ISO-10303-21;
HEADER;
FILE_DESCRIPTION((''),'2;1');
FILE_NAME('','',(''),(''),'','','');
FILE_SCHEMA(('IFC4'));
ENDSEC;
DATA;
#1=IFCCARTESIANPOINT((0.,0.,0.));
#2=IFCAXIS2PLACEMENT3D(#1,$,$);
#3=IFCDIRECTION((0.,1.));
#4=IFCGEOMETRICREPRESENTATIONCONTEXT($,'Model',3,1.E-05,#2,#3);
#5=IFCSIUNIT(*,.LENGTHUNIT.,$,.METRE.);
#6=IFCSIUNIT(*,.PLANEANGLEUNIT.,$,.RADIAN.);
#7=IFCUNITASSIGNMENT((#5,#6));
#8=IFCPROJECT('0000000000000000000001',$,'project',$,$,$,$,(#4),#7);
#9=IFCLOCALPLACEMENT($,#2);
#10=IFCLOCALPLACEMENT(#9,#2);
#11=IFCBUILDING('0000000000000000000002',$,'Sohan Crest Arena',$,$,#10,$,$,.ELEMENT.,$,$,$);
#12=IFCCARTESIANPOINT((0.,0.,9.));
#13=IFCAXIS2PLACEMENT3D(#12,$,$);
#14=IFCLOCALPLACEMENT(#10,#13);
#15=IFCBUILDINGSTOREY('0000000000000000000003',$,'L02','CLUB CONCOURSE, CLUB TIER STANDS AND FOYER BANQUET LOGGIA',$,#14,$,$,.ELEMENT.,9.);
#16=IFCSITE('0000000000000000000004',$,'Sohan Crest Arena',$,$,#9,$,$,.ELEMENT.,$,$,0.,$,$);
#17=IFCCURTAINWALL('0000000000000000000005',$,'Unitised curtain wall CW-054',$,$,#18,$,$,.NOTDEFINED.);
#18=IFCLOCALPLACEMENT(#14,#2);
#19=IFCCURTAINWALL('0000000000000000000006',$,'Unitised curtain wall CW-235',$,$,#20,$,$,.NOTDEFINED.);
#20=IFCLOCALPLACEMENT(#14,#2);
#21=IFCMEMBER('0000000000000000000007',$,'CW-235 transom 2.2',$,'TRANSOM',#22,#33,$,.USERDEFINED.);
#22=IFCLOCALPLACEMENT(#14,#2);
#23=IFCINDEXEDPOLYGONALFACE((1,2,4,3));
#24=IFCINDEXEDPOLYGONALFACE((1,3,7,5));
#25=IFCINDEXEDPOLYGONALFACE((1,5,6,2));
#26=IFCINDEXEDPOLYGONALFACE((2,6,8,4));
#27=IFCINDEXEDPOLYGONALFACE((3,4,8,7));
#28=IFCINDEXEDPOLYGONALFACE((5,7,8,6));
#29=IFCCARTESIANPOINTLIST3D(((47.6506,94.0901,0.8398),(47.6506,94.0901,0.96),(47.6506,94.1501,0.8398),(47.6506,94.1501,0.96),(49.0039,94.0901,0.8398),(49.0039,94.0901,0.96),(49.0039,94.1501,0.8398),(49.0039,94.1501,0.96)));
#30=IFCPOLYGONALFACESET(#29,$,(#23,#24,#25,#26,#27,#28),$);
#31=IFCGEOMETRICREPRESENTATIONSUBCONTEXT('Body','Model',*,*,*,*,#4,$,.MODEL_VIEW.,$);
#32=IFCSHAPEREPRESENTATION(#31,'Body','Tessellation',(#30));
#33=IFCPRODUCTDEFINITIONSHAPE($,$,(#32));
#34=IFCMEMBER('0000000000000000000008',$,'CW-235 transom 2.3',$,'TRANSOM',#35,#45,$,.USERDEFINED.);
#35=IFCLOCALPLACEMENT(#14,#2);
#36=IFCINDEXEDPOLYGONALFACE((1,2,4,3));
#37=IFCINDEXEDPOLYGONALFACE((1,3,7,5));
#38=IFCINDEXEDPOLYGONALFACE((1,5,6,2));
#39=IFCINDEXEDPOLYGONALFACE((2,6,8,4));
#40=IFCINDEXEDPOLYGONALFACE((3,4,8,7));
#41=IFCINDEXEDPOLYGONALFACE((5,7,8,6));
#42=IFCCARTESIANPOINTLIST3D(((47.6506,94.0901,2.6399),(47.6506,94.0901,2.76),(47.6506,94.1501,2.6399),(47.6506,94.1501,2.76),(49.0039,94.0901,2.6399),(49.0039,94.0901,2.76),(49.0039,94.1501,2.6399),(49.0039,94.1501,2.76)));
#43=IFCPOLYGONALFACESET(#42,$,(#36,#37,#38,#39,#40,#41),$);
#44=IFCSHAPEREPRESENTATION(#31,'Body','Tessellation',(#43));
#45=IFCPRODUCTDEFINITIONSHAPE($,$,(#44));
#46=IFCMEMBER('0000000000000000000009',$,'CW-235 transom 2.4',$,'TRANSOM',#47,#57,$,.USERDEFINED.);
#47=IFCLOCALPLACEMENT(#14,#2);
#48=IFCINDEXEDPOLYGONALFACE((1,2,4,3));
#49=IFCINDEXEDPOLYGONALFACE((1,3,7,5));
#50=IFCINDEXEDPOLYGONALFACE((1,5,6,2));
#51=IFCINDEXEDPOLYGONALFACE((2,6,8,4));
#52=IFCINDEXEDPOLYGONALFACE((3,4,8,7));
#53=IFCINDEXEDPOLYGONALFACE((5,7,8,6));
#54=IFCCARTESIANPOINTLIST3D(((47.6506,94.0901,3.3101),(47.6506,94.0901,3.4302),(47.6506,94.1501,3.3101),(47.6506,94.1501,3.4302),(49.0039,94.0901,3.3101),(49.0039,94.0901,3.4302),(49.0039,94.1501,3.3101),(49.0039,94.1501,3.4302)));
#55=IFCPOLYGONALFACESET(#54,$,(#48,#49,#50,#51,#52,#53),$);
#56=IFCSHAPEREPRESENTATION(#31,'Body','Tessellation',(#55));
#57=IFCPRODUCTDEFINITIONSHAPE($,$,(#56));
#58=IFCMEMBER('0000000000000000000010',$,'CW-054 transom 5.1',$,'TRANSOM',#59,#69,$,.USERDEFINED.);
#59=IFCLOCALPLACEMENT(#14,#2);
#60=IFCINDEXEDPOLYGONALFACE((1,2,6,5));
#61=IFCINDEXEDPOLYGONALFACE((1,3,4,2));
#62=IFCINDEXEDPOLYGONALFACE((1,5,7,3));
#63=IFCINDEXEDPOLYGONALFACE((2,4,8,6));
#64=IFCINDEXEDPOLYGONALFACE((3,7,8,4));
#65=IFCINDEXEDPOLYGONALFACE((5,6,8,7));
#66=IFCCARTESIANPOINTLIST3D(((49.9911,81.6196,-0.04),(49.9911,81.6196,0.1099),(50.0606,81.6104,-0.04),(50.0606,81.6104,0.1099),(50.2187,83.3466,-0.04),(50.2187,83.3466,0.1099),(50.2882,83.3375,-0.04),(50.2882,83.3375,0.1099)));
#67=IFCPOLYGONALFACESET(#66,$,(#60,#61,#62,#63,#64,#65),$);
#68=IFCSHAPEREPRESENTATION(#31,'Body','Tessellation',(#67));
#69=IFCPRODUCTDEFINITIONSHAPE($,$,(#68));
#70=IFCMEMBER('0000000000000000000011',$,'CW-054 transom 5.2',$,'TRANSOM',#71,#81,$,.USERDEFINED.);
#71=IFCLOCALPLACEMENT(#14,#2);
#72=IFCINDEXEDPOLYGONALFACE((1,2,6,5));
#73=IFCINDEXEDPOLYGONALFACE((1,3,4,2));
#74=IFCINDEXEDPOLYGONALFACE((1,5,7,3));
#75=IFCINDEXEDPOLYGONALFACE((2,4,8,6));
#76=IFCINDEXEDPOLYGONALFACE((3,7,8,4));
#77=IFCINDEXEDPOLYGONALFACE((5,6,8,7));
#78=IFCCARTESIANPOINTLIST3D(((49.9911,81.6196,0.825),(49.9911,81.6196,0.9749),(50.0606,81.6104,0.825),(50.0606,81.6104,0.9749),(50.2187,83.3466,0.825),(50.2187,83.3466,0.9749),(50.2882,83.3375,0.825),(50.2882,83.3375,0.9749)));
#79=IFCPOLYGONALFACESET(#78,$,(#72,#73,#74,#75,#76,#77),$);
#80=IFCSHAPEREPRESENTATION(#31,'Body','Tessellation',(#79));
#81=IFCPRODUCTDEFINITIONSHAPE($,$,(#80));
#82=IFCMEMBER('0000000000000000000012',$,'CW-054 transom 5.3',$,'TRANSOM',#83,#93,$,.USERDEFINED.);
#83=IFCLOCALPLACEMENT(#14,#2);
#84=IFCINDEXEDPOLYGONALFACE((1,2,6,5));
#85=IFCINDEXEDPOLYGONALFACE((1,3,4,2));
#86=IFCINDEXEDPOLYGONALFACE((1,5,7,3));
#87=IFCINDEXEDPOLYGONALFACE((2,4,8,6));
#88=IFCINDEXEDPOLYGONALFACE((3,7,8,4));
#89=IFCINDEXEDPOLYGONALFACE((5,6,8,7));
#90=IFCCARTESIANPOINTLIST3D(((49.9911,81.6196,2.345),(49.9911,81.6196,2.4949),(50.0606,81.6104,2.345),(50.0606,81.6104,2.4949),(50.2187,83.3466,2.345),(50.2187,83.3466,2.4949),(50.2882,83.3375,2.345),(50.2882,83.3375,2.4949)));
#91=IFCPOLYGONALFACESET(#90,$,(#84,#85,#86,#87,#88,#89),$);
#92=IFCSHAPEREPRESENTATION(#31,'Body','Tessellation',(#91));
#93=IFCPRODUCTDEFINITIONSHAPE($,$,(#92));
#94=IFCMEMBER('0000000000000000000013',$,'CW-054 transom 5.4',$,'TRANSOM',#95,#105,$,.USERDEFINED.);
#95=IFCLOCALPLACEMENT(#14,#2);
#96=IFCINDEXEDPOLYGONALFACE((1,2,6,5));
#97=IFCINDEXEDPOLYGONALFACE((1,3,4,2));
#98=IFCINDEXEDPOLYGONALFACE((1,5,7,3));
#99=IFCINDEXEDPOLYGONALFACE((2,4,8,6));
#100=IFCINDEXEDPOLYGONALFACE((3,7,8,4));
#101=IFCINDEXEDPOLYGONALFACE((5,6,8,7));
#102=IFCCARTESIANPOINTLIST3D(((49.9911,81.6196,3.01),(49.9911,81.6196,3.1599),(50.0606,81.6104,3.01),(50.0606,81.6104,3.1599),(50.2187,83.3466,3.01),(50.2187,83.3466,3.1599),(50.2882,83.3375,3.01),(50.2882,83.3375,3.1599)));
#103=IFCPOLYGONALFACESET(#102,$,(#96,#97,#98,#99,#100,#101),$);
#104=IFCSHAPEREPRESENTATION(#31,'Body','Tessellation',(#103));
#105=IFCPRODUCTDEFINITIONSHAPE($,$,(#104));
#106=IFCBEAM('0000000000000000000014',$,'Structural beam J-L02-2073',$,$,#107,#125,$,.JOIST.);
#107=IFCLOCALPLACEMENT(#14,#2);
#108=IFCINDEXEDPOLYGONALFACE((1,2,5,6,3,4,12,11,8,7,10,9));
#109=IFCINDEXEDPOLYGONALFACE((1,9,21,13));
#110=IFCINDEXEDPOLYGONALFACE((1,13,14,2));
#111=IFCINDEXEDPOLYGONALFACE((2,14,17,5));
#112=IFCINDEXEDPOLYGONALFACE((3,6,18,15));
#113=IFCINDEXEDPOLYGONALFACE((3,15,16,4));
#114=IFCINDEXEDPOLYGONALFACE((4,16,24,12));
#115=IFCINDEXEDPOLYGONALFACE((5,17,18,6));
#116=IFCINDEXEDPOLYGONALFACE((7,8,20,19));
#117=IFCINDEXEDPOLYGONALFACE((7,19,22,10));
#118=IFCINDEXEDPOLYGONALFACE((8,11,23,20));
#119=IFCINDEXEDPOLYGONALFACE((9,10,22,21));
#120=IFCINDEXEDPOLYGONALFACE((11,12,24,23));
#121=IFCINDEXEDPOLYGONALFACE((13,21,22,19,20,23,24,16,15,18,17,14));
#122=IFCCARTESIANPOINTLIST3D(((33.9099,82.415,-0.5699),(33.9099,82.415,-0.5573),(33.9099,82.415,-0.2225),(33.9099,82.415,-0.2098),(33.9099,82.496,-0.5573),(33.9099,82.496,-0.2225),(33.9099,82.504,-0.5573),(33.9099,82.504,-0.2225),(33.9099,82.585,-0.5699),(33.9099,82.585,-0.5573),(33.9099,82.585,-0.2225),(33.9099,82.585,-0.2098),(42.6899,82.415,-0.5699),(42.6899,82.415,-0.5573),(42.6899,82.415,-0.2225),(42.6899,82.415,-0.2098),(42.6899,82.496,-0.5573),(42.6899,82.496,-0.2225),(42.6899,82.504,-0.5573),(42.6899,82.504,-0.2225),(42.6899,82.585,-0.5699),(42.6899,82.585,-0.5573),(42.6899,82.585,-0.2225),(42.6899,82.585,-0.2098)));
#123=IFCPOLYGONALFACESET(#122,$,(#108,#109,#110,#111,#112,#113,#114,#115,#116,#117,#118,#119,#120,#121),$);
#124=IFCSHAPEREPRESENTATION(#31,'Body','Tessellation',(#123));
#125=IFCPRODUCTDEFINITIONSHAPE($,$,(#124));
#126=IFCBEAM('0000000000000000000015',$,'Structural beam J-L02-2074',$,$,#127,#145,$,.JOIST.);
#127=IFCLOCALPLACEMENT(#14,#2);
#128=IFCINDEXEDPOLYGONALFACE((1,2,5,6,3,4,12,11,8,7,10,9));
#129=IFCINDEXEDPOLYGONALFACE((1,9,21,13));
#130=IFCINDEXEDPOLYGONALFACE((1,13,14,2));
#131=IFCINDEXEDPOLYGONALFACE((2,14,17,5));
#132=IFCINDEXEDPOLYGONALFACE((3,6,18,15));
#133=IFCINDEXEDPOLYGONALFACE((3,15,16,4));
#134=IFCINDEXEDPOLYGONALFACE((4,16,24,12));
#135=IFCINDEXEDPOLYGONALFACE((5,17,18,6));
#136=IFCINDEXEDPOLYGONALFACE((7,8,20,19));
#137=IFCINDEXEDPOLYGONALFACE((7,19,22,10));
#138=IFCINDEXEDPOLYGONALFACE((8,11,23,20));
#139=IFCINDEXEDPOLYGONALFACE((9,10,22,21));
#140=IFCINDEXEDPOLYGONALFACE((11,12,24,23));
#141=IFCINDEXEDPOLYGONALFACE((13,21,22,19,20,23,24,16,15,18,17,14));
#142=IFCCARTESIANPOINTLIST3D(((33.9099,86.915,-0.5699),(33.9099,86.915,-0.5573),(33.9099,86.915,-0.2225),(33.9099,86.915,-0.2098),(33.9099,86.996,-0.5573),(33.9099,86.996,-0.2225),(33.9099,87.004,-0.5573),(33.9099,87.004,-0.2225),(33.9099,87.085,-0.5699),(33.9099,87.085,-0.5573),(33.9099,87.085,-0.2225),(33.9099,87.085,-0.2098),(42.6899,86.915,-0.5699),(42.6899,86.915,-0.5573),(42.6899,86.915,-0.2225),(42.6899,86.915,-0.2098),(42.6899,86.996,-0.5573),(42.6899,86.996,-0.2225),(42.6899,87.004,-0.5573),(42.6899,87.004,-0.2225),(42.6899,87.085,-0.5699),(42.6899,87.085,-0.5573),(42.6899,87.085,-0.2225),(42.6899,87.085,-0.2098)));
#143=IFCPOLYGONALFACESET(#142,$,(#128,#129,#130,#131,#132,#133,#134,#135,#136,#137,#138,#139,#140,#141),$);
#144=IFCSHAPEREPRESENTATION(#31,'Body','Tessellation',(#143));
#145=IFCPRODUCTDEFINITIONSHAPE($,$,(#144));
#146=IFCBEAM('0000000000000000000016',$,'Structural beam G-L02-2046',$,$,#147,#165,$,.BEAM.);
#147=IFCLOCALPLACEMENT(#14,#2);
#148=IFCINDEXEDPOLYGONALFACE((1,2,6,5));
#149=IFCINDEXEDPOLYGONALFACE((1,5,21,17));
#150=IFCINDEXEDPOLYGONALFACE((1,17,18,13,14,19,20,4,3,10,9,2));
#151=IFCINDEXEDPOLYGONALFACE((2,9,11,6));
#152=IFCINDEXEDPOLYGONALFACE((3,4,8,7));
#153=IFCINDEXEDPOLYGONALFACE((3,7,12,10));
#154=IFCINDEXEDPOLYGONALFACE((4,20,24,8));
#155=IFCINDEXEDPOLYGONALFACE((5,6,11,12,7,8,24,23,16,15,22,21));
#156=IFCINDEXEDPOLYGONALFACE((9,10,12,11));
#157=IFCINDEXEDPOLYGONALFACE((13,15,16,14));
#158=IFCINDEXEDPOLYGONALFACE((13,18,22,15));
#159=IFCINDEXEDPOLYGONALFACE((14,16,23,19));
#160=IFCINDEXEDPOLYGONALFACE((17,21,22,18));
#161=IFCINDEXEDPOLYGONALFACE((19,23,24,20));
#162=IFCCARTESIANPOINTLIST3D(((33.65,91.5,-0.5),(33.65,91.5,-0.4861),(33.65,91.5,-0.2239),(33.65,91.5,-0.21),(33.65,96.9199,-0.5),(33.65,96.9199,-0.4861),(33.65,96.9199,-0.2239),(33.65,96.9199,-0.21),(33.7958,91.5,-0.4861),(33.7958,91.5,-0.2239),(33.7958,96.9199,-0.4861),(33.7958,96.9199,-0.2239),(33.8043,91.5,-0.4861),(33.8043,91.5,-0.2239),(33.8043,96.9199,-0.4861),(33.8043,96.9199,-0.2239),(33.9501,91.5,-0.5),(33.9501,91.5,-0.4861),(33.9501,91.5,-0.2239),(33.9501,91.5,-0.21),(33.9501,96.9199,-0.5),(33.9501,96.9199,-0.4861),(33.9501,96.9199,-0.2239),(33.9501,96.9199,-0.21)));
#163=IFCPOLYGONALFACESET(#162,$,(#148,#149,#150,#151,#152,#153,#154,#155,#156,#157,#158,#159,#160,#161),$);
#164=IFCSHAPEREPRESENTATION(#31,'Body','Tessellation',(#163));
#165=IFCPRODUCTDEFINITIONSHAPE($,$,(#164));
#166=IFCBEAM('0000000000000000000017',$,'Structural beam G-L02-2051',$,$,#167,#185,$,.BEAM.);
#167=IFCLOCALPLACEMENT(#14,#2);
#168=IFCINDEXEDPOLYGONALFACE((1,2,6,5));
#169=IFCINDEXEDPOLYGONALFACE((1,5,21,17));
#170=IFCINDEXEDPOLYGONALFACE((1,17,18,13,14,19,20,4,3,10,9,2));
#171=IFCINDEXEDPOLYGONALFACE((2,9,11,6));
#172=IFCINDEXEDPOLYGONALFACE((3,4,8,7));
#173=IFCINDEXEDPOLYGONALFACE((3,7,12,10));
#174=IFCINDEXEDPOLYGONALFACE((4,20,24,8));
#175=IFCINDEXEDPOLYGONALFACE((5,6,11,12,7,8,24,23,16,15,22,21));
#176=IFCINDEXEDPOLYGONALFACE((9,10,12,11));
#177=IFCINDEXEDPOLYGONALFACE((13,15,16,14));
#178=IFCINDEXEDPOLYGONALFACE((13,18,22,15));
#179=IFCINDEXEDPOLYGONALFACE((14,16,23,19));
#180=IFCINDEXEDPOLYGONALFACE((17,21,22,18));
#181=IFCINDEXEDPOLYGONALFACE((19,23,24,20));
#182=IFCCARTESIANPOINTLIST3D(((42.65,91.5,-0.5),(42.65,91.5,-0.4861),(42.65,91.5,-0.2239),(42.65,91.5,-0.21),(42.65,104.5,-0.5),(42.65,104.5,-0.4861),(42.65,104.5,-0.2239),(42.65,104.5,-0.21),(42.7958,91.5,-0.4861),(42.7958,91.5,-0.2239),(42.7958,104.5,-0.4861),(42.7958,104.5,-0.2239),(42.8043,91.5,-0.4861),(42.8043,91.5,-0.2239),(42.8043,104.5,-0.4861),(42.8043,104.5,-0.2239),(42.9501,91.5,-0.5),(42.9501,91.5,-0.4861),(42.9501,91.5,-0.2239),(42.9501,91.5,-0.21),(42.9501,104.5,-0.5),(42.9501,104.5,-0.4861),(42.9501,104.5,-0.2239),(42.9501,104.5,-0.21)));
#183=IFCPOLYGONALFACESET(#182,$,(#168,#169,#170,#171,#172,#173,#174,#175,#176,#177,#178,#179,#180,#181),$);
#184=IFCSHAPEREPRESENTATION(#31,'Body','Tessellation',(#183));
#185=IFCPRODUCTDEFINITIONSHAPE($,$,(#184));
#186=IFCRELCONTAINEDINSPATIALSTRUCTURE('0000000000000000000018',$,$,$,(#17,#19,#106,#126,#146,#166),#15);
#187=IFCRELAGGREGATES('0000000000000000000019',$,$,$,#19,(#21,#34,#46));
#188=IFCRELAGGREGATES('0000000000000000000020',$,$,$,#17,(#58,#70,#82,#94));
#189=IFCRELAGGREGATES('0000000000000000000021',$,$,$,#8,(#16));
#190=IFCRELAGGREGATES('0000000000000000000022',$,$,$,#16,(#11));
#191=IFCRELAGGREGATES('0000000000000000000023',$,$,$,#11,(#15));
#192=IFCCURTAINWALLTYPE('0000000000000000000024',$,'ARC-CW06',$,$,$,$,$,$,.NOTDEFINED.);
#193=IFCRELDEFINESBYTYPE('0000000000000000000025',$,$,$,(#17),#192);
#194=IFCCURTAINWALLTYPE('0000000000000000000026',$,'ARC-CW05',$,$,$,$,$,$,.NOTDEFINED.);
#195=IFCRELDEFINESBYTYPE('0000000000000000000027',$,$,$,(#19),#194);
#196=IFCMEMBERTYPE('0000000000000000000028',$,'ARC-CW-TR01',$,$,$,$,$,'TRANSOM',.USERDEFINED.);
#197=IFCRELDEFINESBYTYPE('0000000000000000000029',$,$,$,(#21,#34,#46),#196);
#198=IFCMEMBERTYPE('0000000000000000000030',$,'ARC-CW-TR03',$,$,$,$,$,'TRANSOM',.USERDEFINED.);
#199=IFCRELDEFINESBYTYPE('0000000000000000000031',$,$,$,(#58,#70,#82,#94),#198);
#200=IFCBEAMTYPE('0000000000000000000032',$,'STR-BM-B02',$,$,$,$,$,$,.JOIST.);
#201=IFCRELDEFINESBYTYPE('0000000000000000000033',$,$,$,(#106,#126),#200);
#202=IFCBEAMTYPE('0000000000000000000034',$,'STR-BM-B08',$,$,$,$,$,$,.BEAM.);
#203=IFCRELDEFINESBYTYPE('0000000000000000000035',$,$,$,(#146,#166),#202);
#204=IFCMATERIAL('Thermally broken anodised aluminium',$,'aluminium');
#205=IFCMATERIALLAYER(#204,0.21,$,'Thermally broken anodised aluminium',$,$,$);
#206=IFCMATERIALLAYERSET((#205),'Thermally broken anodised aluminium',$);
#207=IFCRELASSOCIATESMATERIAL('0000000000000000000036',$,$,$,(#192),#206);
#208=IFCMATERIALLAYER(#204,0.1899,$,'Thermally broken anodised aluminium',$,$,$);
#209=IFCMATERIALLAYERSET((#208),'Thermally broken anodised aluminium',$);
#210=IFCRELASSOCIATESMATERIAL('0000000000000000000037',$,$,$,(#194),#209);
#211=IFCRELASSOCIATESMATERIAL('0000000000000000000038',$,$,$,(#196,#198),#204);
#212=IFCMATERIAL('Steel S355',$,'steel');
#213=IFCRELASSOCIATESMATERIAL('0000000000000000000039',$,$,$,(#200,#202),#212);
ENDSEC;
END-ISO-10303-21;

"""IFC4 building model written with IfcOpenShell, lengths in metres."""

from ifc_helpers import new_model, si_unit, direction, frame, origin, origin_2d, place, context, subcontext, project, spatial, rectangle, i_section, extrude, material, layer, layer_set, material_profile, profile_set, type_object, element, aggregate, save


model = new_model("IFC4")

# Units and contexts
model_context = context("Model", 3, precision=1e-05, world=origin(), true_north=direction((0.0, 1.0)))
body_context = subcontext(model_context, "Body", "Model", "MODEL_VIEW")
ifc_project = project(units=[si_unit("LENGTHUNIT", "METRE"), si_unit("PLANEANGLEUNIT", "RADIAN")], contexts=[model_context])

# Site, building, storey
site_placement = place(None, origin())
site = spatial("IfcSite", under=ifc_project, at=site_placement, Name="Sohan Crest Arena", CompositionType="ELEMENT", RefElevation=0.0)
building_placement = place(site_placement, origin())
building = spatial("IfcBuilding", under=site, at=building_placement, Name="Sohan Crest Arena", CompositionType="ELEMENT")
storey_placement = place(building_placement, frame((0.0, 0.0, 9.0)))
storey = spatial("IfcBuildingStorey", under=building, at=storey_placement, Name="L02", Description="CLUB CONCOURSE, CLUB TIER STANDS AND FOYER BANQUET LOGGIA", CompositionType="ELEMENT", Elevation=9.0)

# Curtain wall
ifc_material_1 = material(Name="Thermally broken anodised aluminium", Category="aluminium")
ifc_layer_1 = layer(ifc_material_1, 0.21, Name="Thermally broken anodised aluminium")
ifc_layer_set_1 = layer_set([ifc_layer_1], Name="Thermally broken anodised aluminium")
curtain_wall_type_1 = type_object("IfcCurtainWallType", Name="ARC-CW06", PredefinedType="NOTDEFINED", material=ifc_layer_set_1)
curtain_wall_1_placement = place(storey_placement, origin())
curtain_wall_1 = element("IfcCurtainWall", 1, at=curtain_wall_1_placement, inside=storey, type_object=curtain_wall_type_1, Name="Unitised curtain wall CW-054", PredefinedType="NOTDEFINED")

# Curtain wall, members
ifc_layer_2 = layer(ifc_material_1, 0.1899, Name="Thermally broken anodised aluminium")
ifc_layer_set_2 = layer_set([ifc_layer_2], Name="Thermally broken anodised aluminium")
curtain_wall_type_2 = type_object("IfcCurtainWallType", Name="ARC-CW05", PredefinedType="NOTDEFINED", material=ifc_layer_set_2)
curtain_wall_2_placement = place(storey_placement, origin())
curtain_wall_2 = element("IfcCurtainWall", 2, at=curtain_wall_2_placement, inside=storey, type_object=curtain_wall_type_2, Name="Unitised curtain wall CW-235", PredefinedType="NOTDEFINED")
ifc_material_profile_1 = material_profile(ifc_material_1, rectangle(XDim=0.0601, YDim=0.1201, at=origin_2d()), Name="ALU-TRAN 60x120")
ifc_profile_set_1 = profile_set([ifc_material_profile_1], Name="Thermally broken anodised aluminium")
member_type_1 = type_object("IfcMemberType", Name="ARC-CW-TR01", ElementType="TRANSOM", PredefinedType="USERDEFINED", material=ifc_profile_set_1)
member_1_placement = place(storey_placement, frame((47.6506, 94.1201, 0.8999), z_axis=(1.0, 0.0, 0.0), x_axis=(0.0, 1.0, 0.0)))
member_1 = element("IfcMember", 3, at=member_1_placement, type_object=member_type_1, Name="CW-235 transom 2.2", ObjectType="TRANSOM", PredefinedType="USERDEFINED", context=body_context, shape_type="SweptSolid", body=[
    extrude(rectangle(XDim=0.0601, YDim=0.1201, at=origin_2d()), origin(), (0.0, 0.0, 1.0), 1.3533),
])
member_2_placement = place(storey_placement, frame((47.6506, 94.1201, 2.7), z_axis=(1.0, 0.0, 0.0), x_axis=(0.0, 1.0, 0.0)))
member_2 = element("IfcMember", 4, at=member_2_placement, type_object=member_type_1, Name="CW-235 transom 2.3", ObjectType="TRANSOM", PredefinedType="USERDEFINED", context=body_context, shape_type="SweptSolid", body=[
    extrude(rectangle(XDim=0.0601, YDim=0.1201, at=origin_2d()), origin(), (0.0, 0.0, 1.0), 1.3533),
])
member_3_placement = place(storey_placement, frame((47.6506, 94.1201, 3.3701), z_axis=(1.0, 0.0, 0.0), x_axis=(0.0, 1.0, 0.0)))
member_3 = element("IfcMember", 5, at=member_3_placement, type_object=member_type_1, Name="CW-235 transom 2.4", ObjectType="TRANSOM", PredefinedType="USERDEFINED", context=body_context, shape_type="SweptSolid", body=[
    extrude(rectangle(XDim=0.0601, YDim=0.1201, at=origin_2d()), origin(), (0.0, 0.0, 1.0), 1.3533),
])

# Members
ifc_material_profile_2 = material_profile(ifc_material_1, rectangle(XDim=0.0701, YDim=0.1499, at=origin_2d()), Name="ALU-TRAN 70x150")
ifc_profile_set_2 = profile_set([ifc_material_profile_2], Name="Thermally broken anodised aluminium")
member_type_2 = type_object("IfcMemberType", Name="ARC-CW-TR03", ElementType="TRANSOM", PredefinedType="USERDEFINED", material=ifc_profile_set_2)
member_4_placement = place(storey_placement, frame((50.2534, 83.342, 0.0349), z_axis=(-0.130621, -0.991432, 0.0), x_axis=(0.991432, -0.130621, 0.0)))
member_4 = element("IfcMember", 6, at=member_4_placement, type_object=member_type_2, Name="CW-054 transom 5.1", ObjectType="TRANSOM", PredefinedType="USERDEFINED", context=body_context, shape_type="SweptSolid", body=[
    extrude(rectangle(XDim=0.0701, YDim=0.1499, at=origin_2d()), origin(), (0.0, 0.0, 1.0), 1.7419),
])
member_5_placement = place(storey_placement, frame((50.2534, 83.342, 0.8999), z_axis=(-0.130621, -0.991432, 0.0), x_axis=(0.991432, -0.130621, 0.0)))
member_5 = element("IfcMember", 7, at=member_5_placement, type_object=member_type_2, Name="CW-054 transom 5.2", ObjectType="TRANSOM", PredefinedType="USERDEFINED", context=body_context, shape_type="SweptSolid", body=[
    extrude(rectangle(XDim=0.0701, YDim=0.1499, at=origin_2d()), origin(), (0.0, 0.0, 1.0), 1.7419),
])
member_6_placement = place(storey_placement, frame((50.2534, 83.342, 2.4199), z_axis=(-0.130621, -0.991432, 0.0), x_axis=(0.991432, -0.130621, 0.0)))
member_6 = element("IfcMember", 8, at=member_6_placement, type_object=member_type_2, Name="CW-054 transom 5.3", ObjectType="TRANSOM", PredefinedType="USERDEFINED", context=body_context, shape_type="SweptSolid", body=[
    extrude(rectangle(XDim=0.0701, YDim=0.1499, at=origin_2d()), origin(), (0.0, 0.0, 1.0), 1.7419),
])
member_7_placement = place(storey_placement, frame((50.2534, 83.342, 3.085), z_axis=(-0.130621, -0.991432, 0.0), x_axis=(0.991432, -0.130621, 0.0)))
member_7 = element("IfcMember", 9, at=member_7_placement, type_object=member_type_2, Name="CW-054 transom 5.4", ObjectType="TRANSOM", PredefinedType="USERDEFINED", context=body_context, shape_type="SweptSolid", body=[
    extrude(rectangle(XDim=0.0701, YDim=0.1499, at=origin_2d()), origin(), (0.0, 0.0, 1.0), 1.7419),
])

# Beams
ifc_material_2 = material(Name="Steel S355", Category="steel")
ifc_material_profile_3 = material_profile(ifc_material_2, i_section(OverallWidth=0.1699, OverallDepth=0.3601, WebThickness=0.0081, FlangeThickness=0.0127, at=origin_2d()), Name="IPE 360")
ifc_profile_set_3 = profile_set([ifc_material_profile_3], Name="Steel S355")
beam_type_1 = type_object("IfcBeamType", Name="STR-BM-B02", PredefinedType="JOIST", material=ifc_profile_set_3)
for number, where, z_axis, x_axis, name in (
    (10, (33.9099, 82.5, -0.3899), (1.0, 0.0, 0.0), (0.0, 1.0, 0.0), "Structural beam J-L02-2073"),
    (11, (33.9099, 87.0, -0.3899), (1.0, 0.0, 0.0), (0.0, 1.0, 0.0), "Structural beam J-L02-2074"),
):
    element("IfcBeam", number, at=place(storey_placement, frame(where, z_axis=z_axis, x_axis=x_axis)), inside=storey, type_object=beam_type_1, Name=name, PredefinedType="JOIST", context=body_context, shape_type="SweptSolid", body=[
        extrude(i_section(OverallWidth=0.1699, OverallDepth=0.3601, WebThickness=0.0081, FlangeThickness=0.0127, at=origin_2d()), origin(), (0.0, 0.0, 1.0), 8.78),
    ])
ifc_material_profile_4 = material_profile(ifc_material_2, i_section(OverallWidth=0.3, OverallDepth=0.29, WebThickness=0.0085, FlangeThickness=0.0139, at=origin_2d()), Name="HEA 300")
ifc_profile_set_4 = profile_set([ifc_material_profile_4], Name="Steel S355")
beam_type_2 = type_object("IfcBeamType", Name="STR-BM-B08", PredefinedType="BEAM", material=ifc_profile_set_4)
beam_1_placement = place(storey_placement, frame((33.8, 91.5, -0.355), z_axis=(0.0, 1.0, 0.0), x_axis=(-1.0, 0.0, 0.0)))
element("IfcBeam", 12, at=beam_1_placement, inside=storey, type_object=beam_type_2, Name="Structural beam G-L02-2046", PredefinedType="BEAM", context=body_context, shape_type="SweptSolid", body=[
    extrude(i_section(OverallWidth=0.3, OverallDepth=0.29, WebThickness=0.0085, FlangeThickness=0.0139, at=origin_2d()), origin(), (0.0, 0.0, 1.0), 5.4199),
])
beam_2_placement = place(storey_placement, frame((42.8, 91.5, -0.355), z_axis=(0.0, 1.0, 0.0), x_axis=(-1.0, 0.0, 0.0)))
element("IfcBeam", 13, at=beam_2_placement, inside=storey, type_object=beam_type_2, Name="Structural beam G-L02-2051", PredefinedType="BEAM", context=body_context, shape_type="SweptSolid", body=[
    extrude(i_section(OverallWidth=0.3, OverallDepth=0.29, WebThickness=0.0085, FlangeThickness=0.0139, at=origin_2d()), origin(), (0.0, 0.0, 1.0), 13.0),
])

aggregate(curtain_wall_2, [member_1, member_2, member_3])
aggregate(curtain_wall_1, [member_4, member_5, member_6, member_7])

save(model, "model.ifc")
